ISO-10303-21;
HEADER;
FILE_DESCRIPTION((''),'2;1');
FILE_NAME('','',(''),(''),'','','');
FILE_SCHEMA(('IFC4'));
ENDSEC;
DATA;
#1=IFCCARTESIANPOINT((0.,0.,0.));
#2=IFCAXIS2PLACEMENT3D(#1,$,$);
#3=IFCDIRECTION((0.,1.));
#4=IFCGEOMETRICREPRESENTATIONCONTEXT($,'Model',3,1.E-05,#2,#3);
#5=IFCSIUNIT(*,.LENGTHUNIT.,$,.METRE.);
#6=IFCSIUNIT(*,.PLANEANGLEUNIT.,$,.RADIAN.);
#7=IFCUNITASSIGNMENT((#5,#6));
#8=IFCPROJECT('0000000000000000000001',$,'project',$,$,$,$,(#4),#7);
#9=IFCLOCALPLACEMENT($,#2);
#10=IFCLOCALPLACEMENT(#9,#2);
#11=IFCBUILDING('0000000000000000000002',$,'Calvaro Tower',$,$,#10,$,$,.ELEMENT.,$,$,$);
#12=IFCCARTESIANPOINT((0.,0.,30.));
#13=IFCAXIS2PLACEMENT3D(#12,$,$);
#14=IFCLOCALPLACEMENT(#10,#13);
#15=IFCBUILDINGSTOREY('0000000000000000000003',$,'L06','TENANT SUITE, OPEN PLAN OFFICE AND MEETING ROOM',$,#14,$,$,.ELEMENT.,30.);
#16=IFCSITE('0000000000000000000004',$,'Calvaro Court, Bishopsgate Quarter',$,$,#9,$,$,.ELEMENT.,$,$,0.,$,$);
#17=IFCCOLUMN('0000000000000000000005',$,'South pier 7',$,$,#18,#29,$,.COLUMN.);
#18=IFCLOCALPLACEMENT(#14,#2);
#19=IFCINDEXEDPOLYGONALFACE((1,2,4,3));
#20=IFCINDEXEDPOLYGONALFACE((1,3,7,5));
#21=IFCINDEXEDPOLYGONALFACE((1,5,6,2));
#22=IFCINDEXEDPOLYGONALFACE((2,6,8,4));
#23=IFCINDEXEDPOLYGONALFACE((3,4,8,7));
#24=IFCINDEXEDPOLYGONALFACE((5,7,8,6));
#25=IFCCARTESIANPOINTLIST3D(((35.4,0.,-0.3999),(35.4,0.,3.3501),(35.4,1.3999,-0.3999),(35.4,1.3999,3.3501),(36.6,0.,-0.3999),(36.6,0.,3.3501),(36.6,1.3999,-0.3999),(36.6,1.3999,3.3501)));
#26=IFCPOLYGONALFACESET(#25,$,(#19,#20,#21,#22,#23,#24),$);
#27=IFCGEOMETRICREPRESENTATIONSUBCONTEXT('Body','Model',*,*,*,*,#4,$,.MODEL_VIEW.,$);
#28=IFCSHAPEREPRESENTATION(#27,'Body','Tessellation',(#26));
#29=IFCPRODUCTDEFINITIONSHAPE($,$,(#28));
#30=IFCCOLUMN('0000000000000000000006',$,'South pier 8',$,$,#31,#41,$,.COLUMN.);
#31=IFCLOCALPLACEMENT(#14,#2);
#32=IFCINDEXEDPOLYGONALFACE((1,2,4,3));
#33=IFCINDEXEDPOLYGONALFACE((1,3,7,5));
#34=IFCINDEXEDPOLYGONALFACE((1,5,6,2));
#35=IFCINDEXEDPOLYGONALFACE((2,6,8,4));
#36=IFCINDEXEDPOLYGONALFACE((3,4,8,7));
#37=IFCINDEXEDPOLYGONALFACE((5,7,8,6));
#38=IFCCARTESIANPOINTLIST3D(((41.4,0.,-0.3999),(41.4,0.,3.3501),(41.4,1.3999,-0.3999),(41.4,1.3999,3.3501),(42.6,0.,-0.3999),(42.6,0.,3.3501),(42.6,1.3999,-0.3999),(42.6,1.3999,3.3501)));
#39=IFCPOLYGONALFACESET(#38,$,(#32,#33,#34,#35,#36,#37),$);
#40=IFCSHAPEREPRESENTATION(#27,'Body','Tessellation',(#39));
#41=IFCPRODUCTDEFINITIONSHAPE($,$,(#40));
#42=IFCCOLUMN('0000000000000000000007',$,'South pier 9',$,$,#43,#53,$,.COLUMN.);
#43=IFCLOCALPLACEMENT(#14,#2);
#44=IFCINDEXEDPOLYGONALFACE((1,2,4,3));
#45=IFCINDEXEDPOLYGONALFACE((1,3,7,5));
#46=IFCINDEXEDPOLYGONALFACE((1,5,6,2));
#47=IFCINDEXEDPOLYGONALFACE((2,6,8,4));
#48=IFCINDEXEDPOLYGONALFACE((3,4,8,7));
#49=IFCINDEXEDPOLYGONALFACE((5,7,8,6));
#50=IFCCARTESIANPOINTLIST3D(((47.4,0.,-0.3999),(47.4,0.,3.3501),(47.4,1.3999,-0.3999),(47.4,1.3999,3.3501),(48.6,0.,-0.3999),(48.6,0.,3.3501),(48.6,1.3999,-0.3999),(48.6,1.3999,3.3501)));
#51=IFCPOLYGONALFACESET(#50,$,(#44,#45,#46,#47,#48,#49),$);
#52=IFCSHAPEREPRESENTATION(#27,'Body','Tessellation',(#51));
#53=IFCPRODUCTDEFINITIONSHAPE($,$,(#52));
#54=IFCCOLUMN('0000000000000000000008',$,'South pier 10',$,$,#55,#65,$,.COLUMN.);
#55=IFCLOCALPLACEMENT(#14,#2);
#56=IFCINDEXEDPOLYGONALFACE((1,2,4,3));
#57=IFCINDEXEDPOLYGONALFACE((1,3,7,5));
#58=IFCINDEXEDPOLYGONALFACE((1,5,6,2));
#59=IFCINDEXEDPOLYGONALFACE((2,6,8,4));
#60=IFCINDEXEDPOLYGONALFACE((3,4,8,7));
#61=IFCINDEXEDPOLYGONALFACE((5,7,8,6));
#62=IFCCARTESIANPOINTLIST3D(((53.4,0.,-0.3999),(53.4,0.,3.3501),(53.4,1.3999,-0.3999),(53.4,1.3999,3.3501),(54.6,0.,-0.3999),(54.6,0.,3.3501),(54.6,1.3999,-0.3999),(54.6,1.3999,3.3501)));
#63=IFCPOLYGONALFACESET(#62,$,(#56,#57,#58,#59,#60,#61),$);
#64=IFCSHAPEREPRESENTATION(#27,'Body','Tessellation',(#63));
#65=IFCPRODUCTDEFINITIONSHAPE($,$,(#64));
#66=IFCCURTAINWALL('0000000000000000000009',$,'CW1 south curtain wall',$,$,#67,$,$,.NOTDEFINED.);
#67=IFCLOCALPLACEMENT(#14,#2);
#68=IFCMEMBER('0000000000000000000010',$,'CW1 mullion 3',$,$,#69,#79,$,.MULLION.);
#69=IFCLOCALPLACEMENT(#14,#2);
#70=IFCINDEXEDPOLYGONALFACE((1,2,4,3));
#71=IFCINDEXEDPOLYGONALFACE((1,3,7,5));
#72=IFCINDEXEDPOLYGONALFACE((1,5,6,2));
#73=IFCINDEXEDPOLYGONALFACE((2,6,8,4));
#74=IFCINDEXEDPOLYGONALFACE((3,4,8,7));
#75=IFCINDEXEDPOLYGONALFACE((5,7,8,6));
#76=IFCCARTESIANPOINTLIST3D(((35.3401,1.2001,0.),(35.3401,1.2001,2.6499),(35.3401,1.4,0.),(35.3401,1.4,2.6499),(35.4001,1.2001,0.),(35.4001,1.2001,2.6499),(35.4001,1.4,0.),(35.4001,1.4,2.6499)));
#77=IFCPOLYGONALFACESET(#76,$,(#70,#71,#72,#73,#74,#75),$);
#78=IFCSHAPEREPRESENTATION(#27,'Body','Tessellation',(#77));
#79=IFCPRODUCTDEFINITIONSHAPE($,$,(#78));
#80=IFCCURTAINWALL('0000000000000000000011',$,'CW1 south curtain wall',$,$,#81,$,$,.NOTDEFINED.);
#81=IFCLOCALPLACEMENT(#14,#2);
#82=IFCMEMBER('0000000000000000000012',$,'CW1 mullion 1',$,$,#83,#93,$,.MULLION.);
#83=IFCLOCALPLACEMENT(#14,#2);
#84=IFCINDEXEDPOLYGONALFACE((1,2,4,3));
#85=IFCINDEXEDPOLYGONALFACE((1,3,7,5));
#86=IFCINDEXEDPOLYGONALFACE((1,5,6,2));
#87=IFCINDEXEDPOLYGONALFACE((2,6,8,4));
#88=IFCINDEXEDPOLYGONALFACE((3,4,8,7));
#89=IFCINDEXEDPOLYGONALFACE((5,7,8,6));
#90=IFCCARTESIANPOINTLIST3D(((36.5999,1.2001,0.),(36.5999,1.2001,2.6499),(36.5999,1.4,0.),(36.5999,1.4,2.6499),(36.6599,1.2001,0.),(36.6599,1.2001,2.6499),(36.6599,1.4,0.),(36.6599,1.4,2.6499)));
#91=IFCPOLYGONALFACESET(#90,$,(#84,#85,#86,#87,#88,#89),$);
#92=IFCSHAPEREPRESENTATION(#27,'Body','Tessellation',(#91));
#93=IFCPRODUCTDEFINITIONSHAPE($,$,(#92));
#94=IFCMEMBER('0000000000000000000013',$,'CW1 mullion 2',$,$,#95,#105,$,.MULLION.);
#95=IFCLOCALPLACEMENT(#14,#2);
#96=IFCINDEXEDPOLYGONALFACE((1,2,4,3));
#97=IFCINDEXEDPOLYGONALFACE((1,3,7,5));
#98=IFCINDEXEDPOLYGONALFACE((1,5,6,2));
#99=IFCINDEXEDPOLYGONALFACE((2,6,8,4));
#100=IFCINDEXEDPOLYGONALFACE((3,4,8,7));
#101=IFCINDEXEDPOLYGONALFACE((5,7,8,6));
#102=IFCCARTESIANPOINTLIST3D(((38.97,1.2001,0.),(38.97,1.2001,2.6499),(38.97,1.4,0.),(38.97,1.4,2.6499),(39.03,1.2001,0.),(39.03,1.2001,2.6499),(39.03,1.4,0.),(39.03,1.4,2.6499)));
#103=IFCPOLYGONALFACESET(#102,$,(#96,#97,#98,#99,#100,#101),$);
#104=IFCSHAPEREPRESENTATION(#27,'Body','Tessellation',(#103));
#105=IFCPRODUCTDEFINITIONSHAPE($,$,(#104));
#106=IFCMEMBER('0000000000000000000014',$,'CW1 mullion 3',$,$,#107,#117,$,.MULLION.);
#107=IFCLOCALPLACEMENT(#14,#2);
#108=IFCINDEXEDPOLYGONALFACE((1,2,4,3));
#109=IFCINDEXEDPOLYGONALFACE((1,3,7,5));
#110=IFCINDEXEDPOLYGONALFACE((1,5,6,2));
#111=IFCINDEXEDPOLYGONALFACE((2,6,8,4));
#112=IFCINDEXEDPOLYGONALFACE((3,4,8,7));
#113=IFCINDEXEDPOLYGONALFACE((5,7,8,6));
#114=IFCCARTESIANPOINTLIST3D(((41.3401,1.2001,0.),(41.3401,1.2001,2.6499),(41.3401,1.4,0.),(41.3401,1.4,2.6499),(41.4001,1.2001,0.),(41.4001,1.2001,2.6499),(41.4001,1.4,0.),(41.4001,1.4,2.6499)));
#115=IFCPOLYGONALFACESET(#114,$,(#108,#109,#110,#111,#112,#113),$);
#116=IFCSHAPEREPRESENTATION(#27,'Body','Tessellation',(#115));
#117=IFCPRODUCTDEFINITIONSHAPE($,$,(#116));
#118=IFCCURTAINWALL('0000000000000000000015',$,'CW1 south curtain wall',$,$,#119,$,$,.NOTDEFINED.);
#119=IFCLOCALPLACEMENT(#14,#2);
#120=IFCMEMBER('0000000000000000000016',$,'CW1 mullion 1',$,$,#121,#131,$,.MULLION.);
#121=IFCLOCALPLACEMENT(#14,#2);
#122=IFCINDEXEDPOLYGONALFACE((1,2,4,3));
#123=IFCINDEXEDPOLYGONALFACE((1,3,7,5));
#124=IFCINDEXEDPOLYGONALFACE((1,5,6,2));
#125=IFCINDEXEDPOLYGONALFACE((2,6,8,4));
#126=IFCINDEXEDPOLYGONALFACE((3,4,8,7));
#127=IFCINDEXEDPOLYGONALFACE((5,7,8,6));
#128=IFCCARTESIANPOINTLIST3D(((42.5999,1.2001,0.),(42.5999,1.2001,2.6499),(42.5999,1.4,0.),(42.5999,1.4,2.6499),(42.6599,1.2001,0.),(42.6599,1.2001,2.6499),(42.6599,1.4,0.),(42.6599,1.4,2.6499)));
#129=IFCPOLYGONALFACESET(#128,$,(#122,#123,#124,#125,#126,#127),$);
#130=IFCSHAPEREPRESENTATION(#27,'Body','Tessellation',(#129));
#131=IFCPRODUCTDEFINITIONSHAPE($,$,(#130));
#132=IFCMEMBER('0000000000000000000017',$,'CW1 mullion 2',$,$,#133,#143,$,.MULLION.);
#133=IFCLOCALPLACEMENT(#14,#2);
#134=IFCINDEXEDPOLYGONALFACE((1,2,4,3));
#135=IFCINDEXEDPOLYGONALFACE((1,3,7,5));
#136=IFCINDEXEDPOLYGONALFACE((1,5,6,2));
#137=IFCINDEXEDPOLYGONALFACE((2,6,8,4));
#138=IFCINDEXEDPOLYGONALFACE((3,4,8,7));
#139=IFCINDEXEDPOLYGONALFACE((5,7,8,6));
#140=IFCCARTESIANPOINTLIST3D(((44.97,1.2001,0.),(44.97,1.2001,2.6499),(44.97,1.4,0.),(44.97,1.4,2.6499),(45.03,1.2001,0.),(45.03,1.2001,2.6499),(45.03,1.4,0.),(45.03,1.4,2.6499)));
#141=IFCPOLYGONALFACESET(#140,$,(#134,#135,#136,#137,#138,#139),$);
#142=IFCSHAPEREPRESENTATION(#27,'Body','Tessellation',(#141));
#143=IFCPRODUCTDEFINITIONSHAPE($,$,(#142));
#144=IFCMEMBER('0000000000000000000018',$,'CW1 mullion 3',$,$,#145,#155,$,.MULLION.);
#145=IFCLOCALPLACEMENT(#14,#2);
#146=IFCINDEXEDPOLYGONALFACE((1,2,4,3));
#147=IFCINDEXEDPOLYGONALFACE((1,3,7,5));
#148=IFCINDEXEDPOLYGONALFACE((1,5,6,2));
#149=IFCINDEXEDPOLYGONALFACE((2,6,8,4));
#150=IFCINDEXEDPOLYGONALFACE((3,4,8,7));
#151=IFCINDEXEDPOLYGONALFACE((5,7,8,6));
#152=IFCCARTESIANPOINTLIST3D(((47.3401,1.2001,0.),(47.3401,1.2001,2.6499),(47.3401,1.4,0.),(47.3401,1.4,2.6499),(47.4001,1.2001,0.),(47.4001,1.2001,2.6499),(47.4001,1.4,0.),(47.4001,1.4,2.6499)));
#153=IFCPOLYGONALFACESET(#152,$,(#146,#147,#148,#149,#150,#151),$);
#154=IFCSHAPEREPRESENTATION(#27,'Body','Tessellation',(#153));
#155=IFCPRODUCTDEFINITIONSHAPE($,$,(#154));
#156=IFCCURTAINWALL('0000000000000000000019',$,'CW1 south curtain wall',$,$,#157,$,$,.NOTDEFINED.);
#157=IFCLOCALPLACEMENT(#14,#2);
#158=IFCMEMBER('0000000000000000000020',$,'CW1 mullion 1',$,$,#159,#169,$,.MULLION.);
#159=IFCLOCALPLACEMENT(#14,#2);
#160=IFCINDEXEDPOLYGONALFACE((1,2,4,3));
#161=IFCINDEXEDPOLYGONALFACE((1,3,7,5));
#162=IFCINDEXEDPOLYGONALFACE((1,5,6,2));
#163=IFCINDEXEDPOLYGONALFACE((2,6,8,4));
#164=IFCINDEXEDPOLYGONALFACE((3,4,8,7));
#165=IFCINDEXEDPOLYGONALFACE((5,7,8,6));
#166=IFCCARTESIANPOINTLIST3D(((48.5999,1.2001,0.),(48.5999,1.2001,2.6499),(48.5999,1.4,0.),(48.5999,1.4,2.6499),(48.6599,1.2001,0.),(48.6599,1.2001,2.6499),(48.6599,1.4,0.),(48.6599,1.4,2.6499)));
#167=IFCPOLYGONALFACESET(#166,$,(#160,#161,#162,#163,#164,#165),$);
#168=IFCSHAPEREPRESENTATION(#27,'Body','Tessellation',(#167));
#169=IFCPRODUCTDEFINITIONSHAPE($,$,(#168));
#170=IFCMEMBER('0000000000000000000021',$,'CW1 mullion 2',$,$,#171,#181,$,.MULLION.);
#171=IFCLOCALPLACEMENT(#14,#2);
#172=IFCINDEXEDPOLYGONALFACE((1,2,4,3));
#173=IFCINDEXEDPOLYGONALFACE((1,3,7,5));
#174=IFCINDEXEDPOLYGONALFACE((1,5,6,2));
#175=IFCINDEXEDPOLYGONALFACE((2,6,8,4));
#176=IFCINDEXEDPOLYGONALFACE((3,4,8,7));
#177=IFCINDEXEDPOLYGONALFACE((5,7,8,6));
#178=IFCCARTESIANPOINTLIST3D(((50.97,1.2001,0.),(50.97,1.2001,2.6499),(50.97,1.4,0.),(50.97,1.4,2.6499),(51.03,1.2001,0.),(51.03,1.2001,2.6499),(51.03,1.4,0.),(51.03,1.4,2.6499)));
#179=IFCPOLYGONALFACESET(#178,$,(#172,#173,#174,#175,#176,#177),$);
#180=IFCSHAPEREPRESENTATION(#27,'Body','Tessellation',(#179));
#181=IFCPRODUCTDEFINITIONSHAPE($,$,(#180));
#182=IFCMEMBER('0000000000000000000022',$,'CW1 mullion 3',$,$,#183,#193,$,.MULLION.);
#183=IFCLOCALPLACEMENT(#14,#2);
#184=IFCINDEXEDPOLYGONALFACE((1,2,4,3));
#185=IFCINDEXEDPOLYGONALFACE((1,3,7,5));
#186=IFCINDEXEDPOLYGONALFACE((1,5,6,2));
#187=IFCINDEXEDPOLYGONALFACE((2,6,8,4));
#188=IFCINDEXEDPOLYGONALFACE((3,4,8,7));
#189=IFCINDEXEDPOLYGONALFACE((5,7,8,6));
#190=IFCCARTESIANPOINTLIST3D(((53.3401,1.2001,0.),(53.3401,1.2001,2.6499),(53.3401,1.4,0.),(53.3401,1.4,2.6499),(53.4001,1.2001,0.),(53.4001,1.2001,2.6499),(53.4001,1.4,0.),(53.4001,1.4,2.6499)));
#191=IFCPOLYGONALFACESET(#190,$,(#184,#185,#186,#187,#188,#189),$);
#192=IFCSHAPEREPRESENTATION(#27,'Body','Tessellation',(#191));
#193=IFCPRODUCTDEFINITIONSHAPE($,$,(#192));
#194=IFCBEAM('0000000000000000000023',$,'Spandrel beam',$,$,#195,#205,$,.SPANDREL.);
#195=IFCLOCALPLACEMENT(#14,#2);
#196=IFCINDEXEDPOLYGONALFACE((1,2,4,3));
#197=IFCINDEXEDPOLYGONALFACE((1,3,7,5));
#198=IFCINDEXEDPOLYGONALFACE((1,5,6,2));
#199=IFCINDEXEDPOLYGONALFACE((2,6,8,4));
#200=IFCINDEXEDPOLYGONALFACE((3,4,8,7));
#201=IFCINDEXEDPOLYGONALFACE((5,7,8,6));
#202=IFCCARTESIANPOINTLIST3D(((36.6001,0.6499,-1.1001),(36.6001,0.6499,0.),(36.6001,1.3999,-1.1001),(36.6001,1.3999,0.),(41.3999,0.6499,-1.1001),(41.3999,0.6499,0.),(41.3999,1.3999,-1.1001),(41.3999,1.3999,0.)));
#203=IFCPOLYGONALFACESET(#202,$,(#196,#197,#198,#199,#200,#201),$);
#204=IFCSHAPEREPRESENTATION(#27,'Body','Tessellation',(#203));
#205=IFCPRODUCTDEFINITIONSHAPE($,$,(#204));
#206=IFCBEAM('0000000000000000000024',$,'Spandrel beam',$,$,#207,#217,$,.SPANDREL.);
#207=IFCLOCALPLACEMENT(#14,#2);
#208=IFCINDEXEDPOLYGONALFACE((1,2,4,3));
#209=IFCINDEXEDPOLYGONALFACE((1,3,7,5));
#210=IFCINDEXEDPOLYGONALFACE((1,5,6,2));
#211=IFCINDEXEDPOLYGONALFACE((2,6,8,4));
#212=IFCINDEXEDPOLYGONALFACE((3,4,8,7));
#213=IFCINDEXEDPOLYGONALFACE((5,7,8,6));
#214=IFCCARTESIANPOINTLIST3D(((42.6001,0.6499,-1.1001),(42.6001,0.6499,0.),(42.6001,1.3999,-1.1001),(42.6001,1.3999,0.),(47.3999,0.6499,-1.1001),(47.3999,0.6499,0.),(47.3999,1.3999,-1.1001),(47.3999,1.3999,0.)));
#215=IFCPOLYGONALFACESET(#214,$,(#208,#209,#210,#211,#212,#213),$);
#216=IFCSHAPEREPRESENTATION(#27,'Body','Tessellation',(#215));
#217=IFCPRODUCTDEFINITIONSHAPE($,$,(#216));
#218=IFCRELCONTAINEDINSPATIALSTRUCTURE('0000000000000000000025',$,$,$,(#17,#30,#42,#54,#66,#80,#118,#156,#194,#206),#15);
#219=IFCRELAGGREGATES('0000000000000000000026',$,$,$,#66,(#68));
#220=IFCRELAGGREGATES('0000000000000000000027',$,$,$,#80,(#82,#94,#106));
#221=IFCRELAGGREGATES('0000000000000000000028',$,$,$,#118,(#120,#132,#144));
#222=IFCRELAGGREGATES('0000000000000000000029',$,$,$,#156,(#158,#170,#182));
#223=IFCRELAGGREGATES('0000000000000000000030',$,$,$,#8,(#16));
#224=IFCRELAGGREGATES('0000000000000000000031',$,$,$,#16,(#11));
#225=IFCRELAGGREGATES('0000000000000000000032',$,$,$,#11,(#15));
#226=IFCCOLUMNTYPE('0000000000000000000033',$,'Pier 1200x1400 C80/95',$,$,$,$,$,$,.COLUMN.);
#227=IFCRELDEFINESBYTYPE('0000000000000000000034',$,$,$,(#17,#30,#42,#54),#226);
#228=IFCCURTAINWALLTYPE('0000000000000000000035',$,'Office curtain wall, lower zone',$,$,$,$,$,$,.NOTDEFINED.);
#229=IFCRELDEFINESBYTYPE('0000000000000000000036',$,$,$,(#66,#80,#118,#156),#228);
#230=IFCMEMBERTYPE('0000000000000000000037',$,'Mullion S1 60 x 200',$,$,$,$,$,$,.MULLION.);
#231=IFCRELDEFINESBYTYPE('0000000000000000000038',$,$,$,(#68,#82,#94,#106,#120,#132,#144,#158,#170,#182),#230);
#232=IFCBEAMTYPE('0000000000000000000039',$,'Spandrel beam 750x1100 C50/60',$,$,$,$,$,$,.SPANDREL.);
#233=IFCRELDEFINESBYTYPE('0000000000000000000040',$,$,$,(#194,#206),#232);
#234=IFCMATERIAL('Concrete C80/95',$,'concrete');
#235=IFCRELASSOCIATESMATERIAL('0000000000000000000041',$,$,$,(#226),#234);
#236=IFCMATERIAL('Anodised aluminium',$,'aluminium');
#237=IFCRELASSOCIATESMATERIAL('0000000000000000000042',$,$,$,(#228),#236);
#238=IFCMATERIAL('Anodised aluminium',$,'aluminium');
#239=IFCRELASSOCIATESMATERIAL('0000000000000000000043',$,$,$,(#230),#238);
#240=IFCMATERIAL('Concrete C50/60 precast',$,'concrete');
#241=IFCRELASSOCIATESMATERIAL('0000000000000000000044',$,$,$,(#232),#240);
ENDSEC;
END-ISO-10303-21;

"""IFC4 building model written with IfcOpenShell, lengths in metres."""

from ifc_helpers import new_model, si_unit, direction, frame, origin, origin_2d, place, context, subcontext, project, spatial, rectangle, extrude, material, material_profile, profile_set, type_object, element, aggregate, save


model = new_model("IFC4")

# Units and contexts
model_context = context("Model", 3, precision=1e-05, world=origin(), true_north=direction((0.0, 1.0)))
body_context = subcontext(model_context, "Body", "Model", "MODEL_VIEW")
ifc_project = project(units=[si_unit("LENGTHUNIT", "METRE"), si_unit("PLANEANGLEUNIT", "RADIAN")], contexts=[model_context])

# Site, building, storey
site_placement = place(None, origin())
site = spatial("IfcSite", under=ifc_project, at=site_placement, Name="Calvaro Court, Bishopsgate Quarter", CompositionType="ELEMENT", RefElevation=0.0)
building_placement = place(site_placement, origin())
building = spatial("IfcBuilding", under=site, at=building_placement, Name="Calvaro Tower", CompositionType="ELEMENT")
storey_placement = place(building_placement, frame((0.0, 0.0, 30.0)))
storey = spatial("IfcBuildingStorey", under=building, at=storey_placement, Name="L06", Description="TENANT SUITE, OPEN PLAN OFFICE AND MEETING ROOM", CompositionType="ELEMENT", Elevation=30.0)

# Columns
ifc_material_1 = material(Name="Concrete C80/95", Category="concrete")
ifc_material_profile_1 = material_profile(ifc_material_1, rectangle(XDim=1.2, YDim=1.3999, at=origin_2d()), Name="RC 1200x1400")
ifc_profile_set_1 = profile_set([ifc_material_profile_1], Name="Concrete C80/95")
column_type = type_object("IfcColumnType", Name="Pier 1200x1400 C80/95", PredefinedType="COLUMN", material=ifc_profile_set_1)
for number, where, z_axis, x_axis, name in (
    (1, (36.0, 0.7, -0.3999), (0.0, 0.0, 1.0), (1.0, 0.0, 0.0), "South pier 7"),
    (2, (42.0, 0.7, -0.3999), (0.0, 0.0, 1.0), (1.0, 0.0, 0.0), "South pier 8"),
    (3, (48.0, 0.7, -0.3999), (0.0, 0.0, 1.0), (1.0, 0.0, 0.0), "South pier 9"),
    (4, (54.0, 0.7, -0.3999), (0.0, 0.0, 1.0), (1.0, 0.0, 0.0), "South pier 10"),
):
    element("IfcColumn", number, at=place(storey_placement, frame(where, z_axis=z_axis, x_axis=x_axis)), inside=storey, type_object=column_type, Name=name, PredefinedType="COLUMN", context=body_context, shape_type="SweptSolid", body=[
        extrude(rectangle(XDim=1.2, YDim=1.3999, at=origin_2d()), origin(), (0.0, 0.0, 1.0), 3.75),
    ])

# Curtain wall, member
ifc_material_2 = material(Name="Anodised aluminium", Category="aluminium")
curtain_wall_type = type_object("IfcCurtainWallType", Name="Office curtain wall, lower zone", PredefinedType="NOTDEFINED", material=ifc_material_2)
curtain_wall_1_placement = place(storey_placement, origin())
curtain_wall_1 = element("IfcCurtainWall", 5, at=curtain_wall_1_placement, inside=storey, type_object=curtain_wall_type, Name="CW1 south curtain wall", PredefinedType="NOTDEFINED")
ifc_material_3 = material(Name="Anodised aluminium", Category="aluminium")
ifc_material_profile_2 = material_profile(ifc_material_3, rectangle(XDim=0.2, YDim=0.0601, at=origin_2d()), Name="Mullion S1 60 x 200")
ifc_profile_set_2 = profile_set([ifc_material_profile_2], Name="Anodised aluminium")
member_type_1 = type_object("IfcMemberType", Name="Mullion S1 60 x 200", PredefinedType="MULLION", material=ifc_profile_set_2)
member_1_placement = place(storey_placement, frame((35.3701, 1.3, 0.0), z_axis=(0.0, 0.0, 1.0), x_axis=(0.0, 1.0, 0.0)))
member_1 = element("IfcMember", 6, at=member_1_placement, type_object=member_type_1, Name="CW1 mullion 3", PredefinedType="MULLION", context=body_context, shape_type="SweptSolid", body=[
    extrude(rectangle(XDim=0.2, YDim=0.0601, at=origin_2d()), origin(), (0.0, 0.0, 1.0), 2.6499),
])
aggregate(curtain_wall_1, [member_1])

# Curtain walls, members
curtain_wall_2_placement = place(storey_placement, origin())
curtain_wall_2 = element("IfcCurtainWall", 7, at=curtain_wall_2_placement, inside=storey, type_object=curtain_wall_type, Name="CW1 south curtain wall", PredefinedType="NOTDEFINED")
member_2_placement = place(storey_placement, frame((36.6299, 1.3, 0.0), z_axis=(0.0, 0.0, 1.0), x_axis=(0.0, 1.0, 0.0)))
member_2 = element("IfcMember", 8, at=member_2_placement, type_object=member_type_1, Name="CW1 mullion 1", PredefinedType="MULLION", context=body_context, shape_type="SweptSolid", body=[
    extrude(rectangle(XDim=0.2, YDim=0.0601, at=origin_2d()), origin(), (0.0, 0.0, 1.0), 2.6499),
])
member_3_placement = place(storey_placement, frame((39.0, 1.3, 0.0), z_axis=(0.0, 0.0, 1.0), x_axis=(0.0, 1.0, 0.0)))
member_3 = element("IfcMember", 9, at=member_3_placement, type_object=member_type_1, Name="CW1 mullion 2", PredefinedType="MULLION", context=body_context, shape_type="SweptSolid", body=[
    extrude(rectangle(XDim=0.2, YDim=0.0601, at=origin_2d()), origin(), (0.0, 0.0, 1.0), 2.6499),
])
member_4_placement = place(storey_placement, frame((41.3701, 1.3, 0.0), z_axis=(0.0, 0.0, 1.0), x_axis=(0.0, 1.0, 0.0)))
member_4 = element("IfcMember", 10, at=member_4_placement, type_object=member_type_1, Name="CW1 mullion 3", PredefinedType="MULLION", context=body_context, shape_type="SweptSolid", body=[
    extrude(rectangle(XDim=0.2, YDim=0.0601, at=origin_2d()), origin(), (0.0, 0.0, 1.0), 2.6499),
])
curtain_wall_3_placement = place(storey_placement, origin())
curtain_wall_3 = element("IfcCurtainWall", 11, at=curtain_wall_3_placement, inside=storey, type_object=curtain_wall_type, Name="CW1 south curtain wall", PredefinedType="NOTDEFINED")
member_5_placement = place(storey_placement, frame((42.6299, 1.3, 0.0), z_axis=(0.0, 0.0, 1.0), x_axis=(0.0, 1.0, 0.0)))
member_5 = element("IfcMember", 12, at=member_5_placement, type_object=member_type_1, Name="CW1 mullion 1", PredefinedType="MULLION", context=body_context, shape_type="SweptSolid", body=[
    extrude(rectangle(XDim=0.2, YDim=0.0601, at=origin_2d()), origin(), (0.0, 0.0, 1.0), 2.6499),
])
member_6_placement = place(storey_placement, frame((45.0, 1.3, 0.0), z_axis=(0.0, 0.0, 1.0), x_axis=(0.0, 1.0, 0.0)))
member_6 = element("IfcMember", 13, at=member_6_placement, type_object=member_type_1, Name="CW1 mullion 2", PredefinedType="MULLION", context=body_context, shape_type="SweptSolid", body=[
    extrude(rectangle(XDim=0.2, YDim=0.0601, at=origin_2d()), origin(), (0.0, 0.0, 1.0), 2.6499),
])
member_7_placement = place(storey_placement, frame((47.3701, 1.3, 0.0), z_axis=(0.0, 0.0, 1.0), x_axis=(0.0, 1.0, 0.0)))
member_7 = element("IfcMember", 14, at=member_7_placement, type_object=member_type_1, Name="CW1 mullion 3", PredefinedType="MULLION", context=body_context, shape_type="SweptSolid", body=[
    extrude(rectangle(XDim=0.2, YDim=0.0601, at=origin_2d()), origin(), (0.0, 0.0, 1.0), 2.6499),
])
curtain_wall_4_placement = place(storey_placement, origin())
curtain_wall_4 = element("IfcCurtainWall", 15, at=curtain_wall_4_placement, inside=storey, type_object=curtain_wall_type, Name="CW1 south curtain wall", PredefinedType="NOTDEFINED")
member_8_placement = place(storey_placement, frame((48.6299, 1.3, 0.0), z_axis=(0.0, 0.0, 1.0), x_axis=(0.0, 1.0, 0.0)))
member_8 = element("IfcMember", 16, at=member_8_placement, type_object=member_type_1, Name="CW1 mullion 1", PredefinedType="MULLION", context=body_context, shape_type="SweptSolid", body=[
    extrude(rectangle(XDim=0.2, YDim=0.0601, at=origin_2d()), origin(), (0.0, 0.0, 1.0), 2.6499),
])
member_9_placement = place(storey_placement, frame((51.0, 1.3, 0.0), z_axis=(0.0, 0.0, 1.0), x_axis=(0.0, 1.0, 0.0)))
member_9 = element("IfcMember", 17, at=member_9_placement, type_object=member_type_1, Name="CW1 mullion 2", PredefinedType="MULLION", context=body_context, shape_type="SweptSolid", body=[
    extrude(rectangle(XDim=0.2, YDim=0.0601, at=origin_2d()), origin(), (0.0, 0.0, 1.0), 2.6499),
])
member_10_placement = place(storey_placement, frame((53.3701, 1.3, 0.0), z_axis=(0.0, 0.0, 1.0), x_axis=(0.0, 1.0, 0.0)))
member_10 = element("IfcMember", 18, at=member_10_placement, type_object=member_type_1, Name="CW1 mullion 3", PredefinedType="MULLION", context=body_context, shape_type="SweptSolid", body=[
    extrude(rectangle(XDim=0.2, YDim=0.0601, at=origin_2d()), origin(), (0.0, 0.0, 1.0), 2.6499),
])

# Beams
ifc_material_4 = material(Name="Concrete C50/60 precast", Category="concrete")
ifc_material_profile_3 = material_profile(ifc_material_4, rectangle(XDim=0.75, YDim=1.1001, at=origin_2d()), Name="RC 750x1100")
ifc_profile_set_3 = profile_set([ifc_material_profile_3], Name="Concrete C50/60 precast")
beam_type = type_object("IfcBeamType", Name="Spandrel beam 750x1100 C50/60", PredefinedType="SPANDREL", material=ifc_profile_set_3)
for number, where, z_axis, x_axis, name in (
    (19, (36.6001, 1.0249, -0.55), (1.0, 0.0, 0.0), (0.0, 1.0, 0.0), "Spandrel beam"),
    (20, (42.6001, 1.0249, -0.55), (1.0, 0.0, 0.0), (0.0, 1.0, 0.0), "Spandrel beam"),
):
    element("IfcBeam", number, at=place(storey_placement, frame(where, z_axis=z_axis, x_axis=x_axis)), inside=storey, type_object=beam_type, Name=name, PredefinedType="SPANDREL", context=body_context, shape_type="SweptSolid", body=[
        extrude(rectangle(XDim=0.75, YDim=1.1001, at=origin_2d()), origin(), (0.0, 0.0, 1.0), 4.7998),
    ])

aggregate(curtain_wall_2, [member_2, member_3, member_4])
aggregate(curtain_wall_3, [member_5, member_6, member_7])
aggregate(curtain_wall_4, [member_8, member_9, member_10])

save(model, "model.ifc")
